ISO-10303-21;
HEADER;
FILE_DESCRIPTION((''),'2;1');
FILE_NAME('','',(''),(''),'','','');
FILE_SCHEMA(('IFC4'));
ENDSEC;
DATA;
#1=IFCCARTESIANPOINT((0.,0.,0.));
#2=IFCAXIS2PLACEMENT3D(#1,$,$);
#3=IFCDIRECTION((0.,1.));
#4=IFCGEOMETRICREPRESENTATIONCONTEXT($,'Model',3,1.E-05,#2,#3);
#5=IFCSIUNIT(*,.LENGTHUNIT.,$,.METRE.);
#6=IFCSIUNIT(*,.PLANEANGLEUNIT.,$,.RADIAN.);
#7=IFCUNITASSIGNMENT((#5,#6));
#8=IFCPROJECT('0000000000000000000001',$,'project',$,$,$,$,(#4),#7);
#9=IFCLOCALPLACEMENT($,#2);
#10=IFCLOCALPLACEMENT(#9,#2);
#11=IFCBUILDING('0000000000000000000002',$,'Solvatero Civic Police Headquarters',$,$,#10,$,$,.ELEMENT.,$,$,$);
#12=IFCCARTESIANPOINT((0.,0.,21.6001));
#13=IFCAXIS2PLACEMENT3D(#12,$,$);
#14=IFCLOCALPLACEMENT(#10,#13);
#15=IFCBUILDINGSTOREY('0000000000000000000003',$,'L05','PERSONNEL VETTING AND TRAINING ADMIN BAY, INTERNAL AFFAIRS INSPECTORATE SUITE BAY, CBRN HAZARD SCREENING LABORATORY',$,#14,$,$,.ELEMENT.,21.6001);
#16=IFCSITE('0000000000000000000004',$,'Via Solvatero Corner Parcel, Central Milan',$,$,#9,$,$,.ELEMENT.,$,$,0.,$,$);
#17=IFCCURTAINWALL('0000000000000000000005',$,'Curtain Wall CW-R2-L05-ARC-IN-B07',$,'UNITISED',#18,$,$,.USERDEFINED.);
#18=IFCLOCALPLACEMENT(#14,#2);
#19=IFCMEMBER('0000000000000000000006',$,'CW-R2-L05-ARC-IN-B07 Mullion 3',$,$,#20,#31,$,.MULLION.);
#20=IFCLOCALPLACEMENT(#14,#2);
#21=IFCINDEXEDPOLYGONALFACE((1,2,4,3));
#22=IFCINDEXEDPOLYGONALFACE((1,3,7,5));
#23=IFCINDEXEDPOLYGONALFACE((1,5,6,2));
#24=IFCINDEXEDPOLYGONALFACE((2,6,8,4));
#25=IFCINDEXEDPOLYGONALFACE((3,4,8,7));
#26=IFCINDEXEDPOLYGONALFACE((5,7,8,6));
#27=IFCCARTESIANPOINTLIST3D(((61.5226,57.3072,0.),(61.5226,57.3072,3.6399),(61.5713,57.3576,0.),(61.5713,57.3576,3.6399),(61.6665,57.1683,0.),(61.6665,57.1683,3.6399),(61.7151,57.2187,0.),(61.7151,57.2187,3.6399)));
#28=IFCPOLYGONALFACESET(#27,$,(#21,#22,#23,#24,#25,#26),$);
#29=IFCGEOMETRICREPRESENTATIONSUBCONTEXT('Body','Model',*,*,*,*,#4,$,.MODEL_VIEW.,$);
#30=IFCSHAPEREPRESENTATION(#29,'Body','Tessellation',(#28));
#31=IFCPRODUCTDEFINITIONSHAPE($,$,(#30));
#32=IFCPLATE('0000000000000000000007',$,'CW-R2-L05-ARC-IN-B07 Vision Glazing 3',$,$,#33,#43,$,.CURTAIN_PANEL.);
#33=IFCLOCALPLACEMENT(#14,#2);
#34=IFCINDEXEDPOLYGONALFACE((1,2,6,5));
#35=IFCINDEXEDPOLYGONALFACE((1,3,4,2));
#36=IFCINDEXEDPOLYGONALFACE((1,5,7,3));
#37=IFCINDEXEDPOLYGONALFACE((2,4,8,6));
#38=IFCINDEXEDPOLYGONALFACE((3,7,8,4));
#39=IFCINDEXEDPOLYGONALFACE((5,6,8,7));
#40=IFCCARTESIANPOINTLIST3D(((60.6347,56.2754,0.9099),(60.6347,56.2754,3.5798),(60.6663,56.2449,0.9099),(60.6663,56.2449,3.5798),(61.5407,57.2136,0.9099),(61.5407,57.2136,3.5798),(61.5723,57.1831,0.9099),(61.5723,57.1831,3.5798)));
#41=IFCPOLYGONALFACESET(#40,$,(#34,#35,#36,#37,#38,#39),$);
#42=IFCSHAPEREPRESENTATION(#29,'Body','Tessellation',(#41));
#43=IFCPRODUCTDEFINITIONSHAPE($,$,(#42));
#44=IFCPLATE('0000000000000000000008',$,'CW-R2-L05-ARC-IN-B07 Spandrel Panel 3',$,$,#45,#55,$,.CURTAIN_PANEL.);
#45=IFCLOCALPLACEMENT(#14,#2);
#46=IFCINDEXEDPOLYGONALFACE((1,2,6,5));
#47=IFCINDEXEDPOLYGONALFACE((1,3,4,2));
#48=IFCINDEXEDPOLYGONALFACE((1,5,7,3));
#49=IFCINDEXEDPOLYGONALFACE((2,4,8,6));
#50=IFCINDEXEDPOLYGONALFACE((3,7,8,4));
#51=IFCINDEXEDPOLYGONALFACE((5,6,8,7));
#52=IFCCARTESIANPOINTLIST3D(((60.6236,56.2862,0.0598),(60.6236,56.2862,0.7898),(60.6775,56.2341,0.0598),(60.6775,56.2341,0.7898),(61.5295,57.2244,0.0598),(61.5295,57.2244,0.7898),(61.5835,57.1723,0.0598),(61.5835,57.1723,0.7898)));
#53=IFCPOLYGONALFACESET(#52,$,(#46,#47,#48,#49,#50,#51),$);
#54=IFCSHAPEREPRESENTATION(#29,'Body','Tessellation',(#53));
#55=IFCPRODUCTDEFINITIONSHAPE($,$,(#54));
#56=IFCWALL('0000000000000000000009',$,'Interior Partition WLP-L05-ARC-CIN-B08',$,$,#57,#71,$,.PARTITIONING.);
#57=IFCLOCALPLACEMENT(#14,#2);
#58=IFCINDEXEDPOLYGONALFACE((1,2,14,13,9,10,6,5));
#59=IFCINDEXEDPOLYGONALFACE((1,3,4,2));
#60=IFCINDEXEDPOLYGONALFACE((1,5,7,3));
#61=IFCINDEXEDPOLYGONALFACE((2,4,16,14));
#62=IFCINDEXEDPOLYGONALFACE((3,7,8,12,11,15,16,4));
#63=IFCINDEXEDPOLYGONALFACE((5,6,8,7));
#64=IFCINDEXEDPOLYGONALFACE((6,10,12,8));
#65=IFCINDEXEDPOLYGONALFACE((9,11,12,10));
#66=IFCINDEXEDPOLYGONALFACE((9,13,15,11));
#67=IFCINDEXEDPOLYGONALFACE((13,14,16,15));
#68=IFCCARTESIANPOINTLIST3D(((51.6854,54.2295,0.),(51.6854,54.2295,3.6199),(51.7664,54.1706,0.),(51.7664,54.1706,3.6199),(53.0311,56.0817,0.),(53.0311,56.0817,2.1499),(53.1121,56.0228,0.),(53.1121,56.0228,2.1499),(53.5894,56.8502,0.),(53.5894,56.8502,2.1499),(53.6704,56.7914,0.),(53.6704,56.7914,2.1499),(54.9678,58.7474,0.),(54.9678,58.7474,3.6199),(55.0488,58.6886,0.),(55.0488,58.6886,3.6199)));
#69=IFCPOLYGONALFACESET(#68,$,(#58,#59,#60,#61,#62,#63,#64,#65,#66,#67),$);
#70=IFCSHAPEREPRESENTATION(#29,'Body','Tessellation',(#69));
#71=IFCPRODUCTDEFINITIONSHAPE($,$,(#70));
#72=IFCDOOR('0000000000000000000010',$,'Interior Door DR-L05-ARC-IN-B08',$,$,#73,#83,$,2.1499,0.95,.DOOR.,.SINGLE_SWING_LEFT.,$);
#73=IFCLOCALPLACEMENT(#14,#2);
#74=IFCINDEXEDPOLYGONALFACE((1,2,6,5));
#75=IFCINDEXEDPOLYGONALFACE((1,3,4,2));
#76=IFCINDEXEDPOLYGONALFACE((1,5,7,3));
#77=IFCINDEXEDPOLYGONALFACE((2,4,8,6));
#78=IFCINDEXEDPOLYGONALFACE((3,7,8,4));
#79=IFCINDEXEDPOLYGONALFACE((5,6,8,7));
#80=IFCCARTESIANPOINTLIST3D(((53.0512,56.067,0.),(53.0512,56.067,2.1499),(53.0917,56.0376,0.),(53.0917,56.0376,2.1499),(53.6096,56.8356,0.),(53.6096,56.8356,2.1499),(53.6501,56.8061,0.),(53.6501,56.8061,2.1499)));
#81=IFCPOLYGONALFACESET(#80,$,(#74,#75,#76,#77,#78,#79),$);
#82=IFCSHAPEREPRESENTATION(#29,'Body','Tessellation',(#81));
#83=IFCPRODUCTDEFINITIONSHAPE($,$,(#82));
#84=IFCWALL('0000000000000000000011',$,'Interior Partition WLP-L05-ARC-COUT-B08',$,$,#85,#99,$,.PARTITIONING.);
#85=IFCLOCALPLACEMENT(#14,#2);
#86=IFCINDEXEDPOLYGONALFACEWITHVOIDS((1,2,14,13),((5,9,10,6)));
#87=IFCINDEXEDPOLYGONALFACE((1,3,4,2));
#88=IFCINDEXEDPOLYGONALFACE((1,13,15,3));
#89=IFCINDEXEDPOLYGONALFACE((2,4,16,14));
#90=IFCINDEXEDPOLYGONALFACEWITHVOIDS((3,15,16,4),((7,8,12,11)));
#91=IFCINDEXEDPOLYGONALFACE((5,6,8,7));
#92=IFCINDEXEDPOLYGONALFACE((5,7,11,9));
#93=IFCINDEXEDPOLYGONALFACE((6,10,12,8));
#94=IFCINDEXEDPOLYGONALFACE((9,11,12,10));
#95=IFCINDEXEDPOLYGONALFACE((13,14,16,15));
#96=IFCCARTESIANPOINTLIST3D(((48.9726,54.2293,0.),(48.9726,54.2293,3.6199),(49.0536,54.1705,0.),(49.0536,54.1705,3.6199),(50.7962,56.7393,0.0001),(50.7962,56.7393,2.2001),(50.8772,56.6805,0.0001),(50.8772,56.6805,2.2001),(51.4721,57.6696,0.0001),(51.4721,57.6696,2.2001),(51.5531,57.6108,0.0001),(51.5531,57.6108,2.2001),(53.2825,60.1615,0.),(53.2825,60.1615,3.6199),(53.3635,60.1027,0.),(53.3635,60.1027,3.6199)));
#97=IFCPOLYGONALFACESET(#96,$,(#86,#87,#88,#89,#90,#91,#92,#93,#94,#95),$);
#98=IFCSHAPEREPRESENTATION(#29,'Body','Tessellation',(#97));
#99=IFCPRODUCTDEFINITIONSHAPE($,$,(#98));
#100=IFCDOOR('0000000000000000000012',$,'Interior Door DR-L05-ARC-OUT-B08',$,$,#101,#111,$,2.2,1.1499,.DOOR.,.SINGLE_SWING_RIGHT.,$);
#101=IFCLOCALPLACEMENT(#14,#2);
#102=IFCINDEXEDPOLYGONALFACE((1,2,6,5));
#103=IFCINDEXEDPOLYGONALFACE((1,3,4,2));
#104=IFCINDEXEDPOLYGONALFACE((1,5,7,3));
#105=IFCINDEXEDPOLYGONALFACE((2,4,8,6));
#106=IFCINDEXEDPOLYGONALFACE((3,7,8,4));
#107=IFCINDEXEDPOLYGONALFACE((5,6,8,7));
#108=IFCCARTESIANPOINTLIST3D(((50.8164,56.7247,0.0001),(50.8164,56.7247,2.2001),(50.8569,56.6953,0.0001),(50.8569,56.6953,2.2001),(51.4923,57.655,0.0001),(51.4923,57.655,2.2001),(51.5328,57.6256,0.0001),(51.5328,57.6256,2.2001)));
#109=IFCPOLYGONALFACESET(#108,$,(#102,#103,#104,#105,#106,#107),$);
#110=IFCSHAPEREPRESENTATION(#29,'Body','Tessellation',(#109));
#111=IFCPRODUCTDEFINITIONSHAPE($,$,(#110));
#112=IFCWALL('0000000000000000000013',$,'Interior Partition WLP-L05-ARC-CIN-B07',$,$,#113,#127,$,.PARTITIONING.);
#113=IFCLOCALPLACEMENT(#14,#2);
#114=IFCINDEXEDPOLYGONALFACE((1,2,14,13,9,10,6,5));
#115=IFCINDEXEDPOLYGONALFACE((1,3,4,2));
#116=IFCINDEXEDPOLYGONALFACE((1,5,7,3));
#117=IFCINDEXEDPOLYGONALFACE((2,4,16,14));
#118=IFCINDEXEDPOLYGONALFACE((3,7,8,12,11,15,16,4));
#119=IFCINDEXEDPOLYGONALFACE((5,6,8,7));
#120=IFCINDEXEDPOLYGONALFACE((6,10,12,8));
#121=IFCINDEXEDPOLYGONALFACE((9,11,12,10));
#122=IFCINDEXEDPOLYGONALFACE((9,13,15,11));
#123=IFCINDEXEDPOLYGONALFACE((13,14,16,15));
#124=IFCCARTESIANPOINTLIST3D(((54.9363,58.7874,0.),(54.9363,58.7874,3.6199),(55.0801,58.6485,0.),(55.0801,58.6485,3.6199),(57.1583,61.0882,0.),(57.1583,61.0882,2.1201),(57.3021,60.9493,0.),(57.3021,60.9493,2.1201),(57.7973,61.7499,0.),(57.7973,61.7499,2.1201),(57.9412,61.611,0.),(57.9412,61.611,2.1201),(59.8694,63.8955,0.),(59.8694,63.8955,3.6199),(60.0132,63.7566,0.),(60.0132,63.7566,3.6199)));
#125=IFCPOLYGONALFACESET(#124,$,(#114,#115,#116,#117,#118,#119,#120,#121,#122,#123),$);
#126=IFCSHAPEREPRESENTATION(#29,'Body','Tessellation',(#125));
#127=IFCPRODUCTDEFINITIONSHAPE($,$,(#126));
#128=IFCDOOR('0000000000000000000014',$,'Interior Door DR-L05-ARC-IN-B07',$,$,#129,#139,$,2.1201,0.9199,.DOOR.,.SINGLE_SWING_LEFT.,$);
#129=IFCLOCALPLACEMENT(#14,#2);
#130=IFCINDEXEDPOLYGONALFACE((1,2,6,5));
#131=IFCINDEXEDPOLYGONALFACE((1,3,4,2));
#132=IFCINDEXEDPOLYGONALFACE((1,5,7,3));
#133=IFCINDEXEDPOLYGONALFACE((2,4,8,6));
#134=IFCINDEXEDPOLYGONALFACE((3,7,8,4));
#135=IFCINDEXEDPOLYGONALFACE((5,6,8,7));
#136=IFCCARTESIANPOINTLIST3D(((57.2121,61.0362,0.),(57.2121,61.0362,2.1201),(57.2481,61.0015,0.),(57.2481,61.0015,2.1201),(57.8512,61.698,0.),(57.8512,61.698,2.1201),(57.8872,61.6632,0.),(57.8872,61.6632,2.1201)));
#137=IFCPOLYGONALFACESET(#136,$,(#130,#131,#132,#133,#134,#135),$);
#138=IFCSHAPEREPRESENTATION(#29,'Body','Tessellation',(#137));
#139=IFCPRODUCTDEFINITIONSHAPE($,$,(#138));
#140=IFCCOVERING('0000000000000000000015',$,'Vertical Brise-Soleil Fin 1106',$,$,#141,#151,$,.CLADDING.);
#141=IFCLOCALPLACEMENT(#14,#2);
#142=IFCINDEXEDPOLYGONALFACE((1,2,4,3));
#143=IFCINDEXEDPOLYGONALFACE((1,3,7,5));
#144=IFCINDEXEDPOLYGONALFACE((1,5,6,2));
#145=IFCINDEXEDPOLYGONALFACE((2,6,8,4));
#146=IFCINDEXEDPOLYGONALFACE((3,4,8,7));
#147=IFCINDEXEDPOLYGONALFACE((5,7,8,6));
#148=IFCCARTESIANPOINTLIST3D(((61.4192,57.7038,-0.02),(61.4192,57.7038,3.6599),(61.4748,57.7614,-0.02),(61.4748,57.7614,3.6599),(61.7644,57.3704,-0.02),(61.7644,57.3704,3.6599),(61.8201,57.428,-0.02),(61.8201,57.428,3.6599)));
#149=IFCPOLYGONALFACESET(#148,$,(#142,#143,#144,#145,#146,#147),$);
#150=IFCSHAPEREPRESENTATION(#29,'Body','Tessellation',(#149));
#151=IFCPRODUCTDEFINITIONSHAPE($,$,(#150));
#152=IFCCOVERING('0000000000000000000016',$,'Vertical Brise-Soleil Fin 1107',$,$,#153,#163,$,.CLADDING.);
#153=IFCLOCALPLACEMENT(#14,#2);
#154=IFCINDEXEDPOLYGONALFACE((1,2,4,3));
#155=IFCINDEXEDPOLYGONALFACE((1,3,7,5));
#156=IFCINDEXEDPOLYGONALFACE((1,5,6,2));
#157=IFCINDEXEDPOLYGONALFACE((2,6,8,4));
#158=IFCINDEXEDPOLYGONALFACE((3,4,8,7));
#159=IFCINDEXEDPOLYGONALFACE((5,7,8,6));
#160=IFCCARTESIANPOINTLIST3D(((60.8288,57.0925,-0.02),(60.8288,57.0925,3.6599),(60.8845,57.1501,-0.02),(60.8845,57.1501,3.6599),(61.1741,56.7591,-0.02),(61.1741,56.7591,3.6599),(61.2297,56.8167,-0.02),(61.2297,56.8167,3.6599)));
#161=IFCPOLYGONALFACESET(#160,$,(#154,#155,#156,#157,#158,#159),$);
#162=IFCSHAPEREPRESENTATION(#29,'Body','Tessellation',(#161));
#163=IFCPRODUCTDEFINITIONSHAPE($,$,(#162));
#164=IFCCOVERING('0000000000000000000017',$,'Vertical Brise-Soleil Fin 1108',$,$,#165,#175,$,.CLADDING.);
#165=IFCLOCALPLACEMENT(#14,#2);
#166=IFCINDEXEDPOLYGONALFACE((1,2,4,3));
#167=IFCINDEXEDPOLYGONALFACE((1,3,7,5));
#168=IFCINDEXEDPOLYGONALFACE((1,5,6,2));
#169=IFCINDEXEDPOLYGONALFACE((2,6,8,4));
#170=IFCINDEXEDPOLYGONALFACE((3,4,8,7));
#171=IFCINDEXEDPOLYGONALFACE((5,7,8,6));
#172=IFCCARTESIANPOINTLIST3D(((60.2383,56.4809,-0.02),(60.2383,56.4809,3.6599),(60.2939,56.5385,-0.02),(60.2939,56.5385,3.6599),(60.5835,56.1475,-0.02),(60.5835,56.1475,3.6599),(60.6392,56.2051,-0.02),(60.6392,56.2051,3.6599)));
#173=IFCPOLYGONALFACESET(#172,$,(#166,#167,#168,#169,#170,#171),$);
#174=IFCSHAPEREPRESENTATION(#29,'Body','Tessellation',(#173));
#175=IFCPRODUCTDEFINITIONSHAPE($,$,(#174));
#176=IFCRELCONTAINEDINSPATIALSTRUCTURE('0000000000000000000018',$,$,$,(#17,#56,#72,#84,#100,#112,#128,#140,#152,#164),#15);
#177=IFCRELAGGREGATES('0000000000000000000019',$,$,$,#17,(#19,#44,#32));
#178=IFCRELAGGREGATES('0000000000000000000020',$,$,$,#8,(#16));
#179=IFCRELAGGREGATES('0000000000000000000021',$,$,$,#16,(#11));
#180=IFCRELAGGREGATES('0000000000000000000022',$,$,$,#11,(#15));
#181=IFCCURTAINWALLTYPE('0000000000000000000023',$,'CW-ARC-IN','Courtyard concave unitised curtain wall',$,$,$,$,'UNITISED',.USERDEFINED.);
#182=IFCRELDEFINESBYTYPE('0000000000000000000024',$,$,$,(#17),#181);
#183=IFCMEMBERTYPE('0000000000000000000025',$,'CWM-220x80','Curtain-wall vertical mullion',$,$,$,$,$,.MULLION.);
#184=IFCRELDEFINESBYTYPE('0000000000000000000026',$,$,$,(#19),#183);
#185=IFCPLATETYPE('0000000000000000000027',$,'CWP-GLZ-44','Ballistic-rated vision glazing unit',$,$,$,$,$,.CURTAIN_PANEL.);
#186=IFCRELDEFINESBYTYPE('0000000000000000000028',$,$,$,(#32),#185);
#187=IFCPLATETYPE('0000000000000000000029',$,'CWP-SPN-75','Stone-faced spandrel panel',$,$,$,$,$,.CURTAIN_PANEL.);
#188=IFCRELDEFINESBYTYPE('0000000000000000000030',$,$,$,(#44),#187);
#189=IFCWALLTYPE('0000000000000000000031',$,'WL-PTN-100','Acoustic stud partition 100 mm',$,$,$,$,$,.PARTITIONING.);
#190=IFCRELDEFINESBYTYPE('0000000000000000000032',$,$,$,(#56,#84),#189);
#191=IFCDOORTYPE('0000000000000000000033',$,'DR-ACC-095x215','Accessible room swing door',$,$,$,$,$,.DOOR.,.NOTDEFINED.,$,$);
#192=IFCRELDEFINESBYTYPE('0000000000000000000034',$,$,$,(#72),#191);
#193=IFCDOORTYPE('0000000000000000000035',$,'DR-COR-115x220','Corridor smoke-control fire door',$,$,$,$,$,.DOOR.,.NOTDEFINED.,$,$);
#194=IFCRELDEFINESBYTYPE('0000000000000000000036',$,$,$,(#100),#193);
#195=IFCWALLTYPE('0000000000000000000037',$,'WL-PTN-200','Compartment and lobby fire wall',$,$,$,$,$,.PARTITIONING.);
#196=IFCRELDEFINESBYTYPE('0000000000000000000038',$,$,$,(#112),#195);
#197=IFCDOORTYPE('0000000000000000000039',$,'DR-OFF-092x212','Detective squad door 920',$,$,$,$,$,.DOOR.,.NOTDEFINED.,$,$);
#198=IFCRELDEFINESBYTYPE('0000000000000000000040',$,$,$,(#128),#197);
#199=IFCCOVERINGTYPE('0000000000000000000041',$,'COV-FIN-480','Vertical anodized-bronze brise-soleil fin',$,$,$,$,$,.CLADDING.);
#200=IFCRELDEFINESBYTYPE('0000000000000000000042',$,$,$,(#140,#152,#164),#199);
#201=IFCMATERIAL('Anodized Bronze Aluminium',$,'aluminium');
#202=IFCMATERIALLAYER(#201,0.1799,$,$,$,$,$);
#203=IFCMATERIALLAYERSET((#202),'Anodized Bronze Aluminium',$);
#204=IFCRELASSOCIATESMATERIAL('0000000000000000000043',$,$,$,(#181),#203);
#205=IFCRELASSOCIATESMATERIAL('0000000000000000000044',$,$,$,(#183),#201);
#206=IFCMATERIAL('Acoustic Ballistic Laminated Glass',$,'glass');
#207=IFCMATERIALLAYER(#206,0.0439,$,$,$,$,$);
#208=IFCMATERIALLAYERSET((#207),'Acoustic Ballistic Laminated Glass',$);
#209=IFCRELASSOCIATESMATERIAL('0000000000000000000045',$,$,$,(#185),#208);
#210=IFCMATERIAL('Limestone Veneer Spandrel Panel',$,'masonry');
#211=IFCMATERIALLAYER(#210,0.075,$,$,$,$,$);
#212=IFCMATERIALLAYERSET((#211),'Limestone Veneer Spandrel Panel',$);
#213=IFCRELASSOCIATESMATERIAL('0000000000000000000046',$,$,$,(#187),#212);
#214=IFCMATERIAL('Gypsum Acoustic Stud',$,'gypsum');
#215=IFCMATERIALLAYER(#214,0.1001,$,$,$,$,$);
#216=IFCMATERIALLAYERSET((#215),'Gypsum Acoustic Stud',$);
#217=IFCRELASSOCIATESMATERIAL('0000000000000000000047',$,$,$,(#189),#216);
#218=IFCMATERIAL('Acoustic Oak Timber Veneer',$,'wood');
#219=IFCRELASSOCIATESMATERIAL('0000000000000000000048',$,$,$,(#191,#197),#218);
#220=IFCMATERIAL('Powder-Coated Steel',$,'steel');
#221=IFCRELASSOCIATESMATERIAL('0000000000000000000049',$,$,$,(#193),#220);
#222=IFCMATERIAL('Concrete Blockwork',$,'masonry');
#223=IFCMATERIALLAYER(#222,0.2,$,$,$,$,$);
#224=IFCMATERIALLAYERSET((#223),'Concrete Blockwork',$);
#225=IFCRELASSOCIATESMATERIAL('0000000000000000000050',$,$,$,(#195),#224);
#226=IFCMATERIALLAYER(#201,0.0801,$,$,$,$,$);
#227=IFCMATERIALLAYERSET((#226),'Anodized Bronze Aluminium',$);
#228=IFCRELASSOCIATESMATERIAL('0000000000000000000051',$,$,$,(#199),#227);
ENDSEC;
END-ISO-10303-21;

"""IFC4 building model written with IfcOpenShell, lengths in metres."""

from ifc_helpers import new_model, si_unit, direction, frame, frame_2d, origin, origin_2d, place, context, subcontext, project, spatial, rectangle, extrude, material, layer, layer_set, material_profile, profile_set, type_object, element, fill, aggregate, save


model = new_model("IFC4")

# Units and contexts
model_context = context("Model", 3, precision=1e-05, world=origin(), true_north=direction((0.0, 1.0)))
body_context = subcontext(model_context, "Body", "Model", "MODEL_VIEW")
ifc_project = project(units=[si_unit("LENGTHUNIT", "METRE"), si_unit("PLANEANGLEUNIT", "RADIAN")], contexts=[model_context])

# Site, building, storey
site_placement = place(None, origin())
site = spatial("IfcSite", under=ifc_project, at=site_placement, Name="Via Solvatero Corner Parcel, Central Milan", CompositionType="ELEMENT", RefElevation=0.0)
building_placement = place(site_placement, origin())
building = spatial("IfcBuilding", under=site, at=building_placement, Name="Solvatero Civic Police Headquarters", CompositionType="ELEMENT")
storey_placement = place(building_placement, frame((0.0, 0.0, 21.6001)))
storey = spatial("IfcBuildingStorey", under=building, at=storey_placement, Name="L05", Description="PERSONNEL VETTING AND TRAINING ADMIN BAY, INTERNAL AFFAIRS INSPECTORATE SUITE BAY, CBRN HAZARD SCREENING LABORATORY", CompositionType="ELEMENT", Elevation=21.6001)

# Curtain wall, member, plates
ifc_material_1 = material(Name="Anodized Bronze Aluminium", Category="aluminium")
ifc_layer_1 = layer(ifc_material_1, 0.1799)
ifc_layer_set_1 = layer_set([ifc_layer_1], Name="Anodized Bronze Aluminium")
curtain_wall_type = type_object("IfcCurtainWallType", Name="CW-ARC-IN", Description="Courtyard concave unitised curtain wall", ElementType="UNITISED", PredefinedType="USERDEFINED", material=ifc_layer_set_1)
curtain_wall_placement = place(storey_placement, origin())
curtain_wall = element("IfcCurtainWall", 1, at=curtain_wall_placement, inside=storey, type_object=curtain_wall_type, Name="Curtain Wall CW-R2-L05-ARC-IN-B07", ObjectType="UNITISED", PredefinedType="USERDEFINED")
ifc_material_profile_1 = material_profile(ifc_material_1, rectangle(XDim=0.0701, YDim=0.2, at=origin_2d()), Name="ALU MULLION 70x200")
ifc_profile_set_1 = profile_set([ifc_material_profile_1], Name="Anodized Bronze Aluminium")
member_type = type_object("IfcMemberType", Name="CWM-220x80", Description="Curtain-wall vertical mullion", PredefinedType="MULLION", material=ifc_profile_set_1)
member_placement = place(storey_placement, frame((61.6189, 57.2629, 0.0), z_axis=(0.0, 0.0, 1.0), x_axis=(-0.694658, -0.71934, 0.0)))
member = element("IfcMember", 2, at=member_placement, type_object=member_type, Name="CW-R2-L05-ARC-IN-B07 Mullion 3", PredefinedType="MULLION", context=body_context, shape_type="SweptSolid", body=[
    extrude(rectangle(XDim=0.0701, YDim=0.2, at=origin_2d()), origin(), (0.0, 0.0, 1.0), 3.6399),
])
ifc_material_2 = material(Name="Acoustic Ballistic Laminated Glass", Category="glass")
ifc_layer_2 = layer(ifc_material_2, 0.0439)
ifc_layer_set_2 = layer_set([ifc_layer_2], Name="Acoustic Ballistic Laminated Glass")
plate_type_1 = type_object("IfcPlateType", Name="CWP-GLZ-44", Description="Ballistic-rated vision glazing unit", PredefinedType="CURTAIN_PANEL", material=ifc_layer_set_2)
plate_1_placement = place(storey_placement, frame((61.1035, 56.7292, 0.9099), z_axis=(0.0, 0.0, 1.0), x_axis=(-0.694658, -0.71934, 0.0)))
plate_1 = element("IfcPlate", 3, at=plate_1_placement, type_object=plate_type_1, Name="CW-R2-L05-ARC-IN-B07 Vision Glazing 3", PredefinedType="CURTAIN_PANEL", context=body_context, shape_type="SweptSolid", body=[
    extrude(rectangle(XDim=1.3042, YDim=0.0439, at=origin_2d()), origin(), (0.0, 0.0, 1.0), 2.6699),
])
ifc_material_3 = material(Name="Limestone Veneer Spandrel Panel", Category="masonry")
ifc_layer_3 = layer(ifc_material_3, 0.075)
ifc_layer_set_3 = layer_set([ifc_layer_3], Name="Limestone Veneer Spandrel Panel")
plate_type_2 = type_object("IfcPlateType", Name="CWP-SPN-75", Description="Stone-faced spandrel panel", PredefinedType="CURTAIN_PANEL", material=ifc_layer_set_3)
plate_2_placement = place(storey_placement, frame((61.1035, 56.7292, 0.0598), z_axis=(0.0, 0.0, 1.0), x_axis=(-0.694658, -0.71934, 0.0)))
plate_2 = element("IfcPlate", 4, at=plate_2_placement, type_object=plate_type_2, Name="CW-R2-L05-ARC-IN-B07 Spandrel Panel 3", PredefinedType="CURTAIN_PANEL", context=body_context, shape_type="SweptSolid", body=[
    extrude(rectangle(XDim=1.3042, YDim=0.075, at=origin_2d()), origin(), (0.0, 0.0, 1.0), 0.73),
])
aggregate(curtain_wall, [member, plate_2, plate_1])

# Walls, openings, doors
ifc_material_4 = material(Name="Gypsum Acoustic Stud", Category="gypsum")
ifc_layer_4 = layer(ifc_material_4, 0.1001)
ifc_layer_set_4 = layer_set([ifc_layer_4], Name="Gypsum Acoustic Stud")
wall_type_1 = type_object("IfcWallType", Name="WL-PTN-100", Description="Acoustic stud partition 100 mm", PredefinedType="PARTITIONING", material=ifc_layer_set_4)
wall_1_placement = place(storey_placement, frame((55.0083, 58.718, 0.0), z_axis=(0.0, 0.0, 1.0), x_axis=(-0.587774, -0.809025, 0.0)))
wall_1 = element("IfcWall", 5, at=wall_1_placement, inside=storey, type_object=wall_type_1, Name="Interior Partition WLP-L05-ARC-CIN-B08", PredefinedType="PARTITIONING", context=body_context, shape_type="SweptSolid", body=[
    extrude(rectangle(XDim=5.5845, YDim=0.1001, at=frame_2d((2.7922, 0.0))), origin(), (0.0, 0.0, 1.0), 3.6199),
])
opening_1_placement = place(wall_1_placement, frame((2.345, 0.0, 0.0)))
opening_1 = element("IfcOpeningElement", 6, at=opening_1_placement, cuts=wall_1, PredefinedType="OPENING", context=body_context, shape_type="SweptSolid", body=[
    extrude(rectangle(XDim=0.95, YDim=2.1499, at=frame_2d((0.4751, 1.075))), frame((0.0, 0.0601, 0.0), z_axis=(0.0, -1.0, 0.0), x_axis=(1.0, 0.0, 0.0)), (0.0, 0.0, 1.0), 0.1201),
])
ifc_material_5 = material(Name="Acoustic Oak Timber Veneer", Category="wood")
door_type_1 = type_object("IfcDoorType", Name="DR-ACC-095x215", Description="Accessible room swing door", OperationType="NOTDEFINED", PredefinedType="DOOR", material=ifc_material_5)
door_1_placement = place(opening_1_placement, origin())
door_1 = element("IfcDoor", 7, at=door_1_placement, inside=storey, type_object=door_type_1, Name="Interior Door DR-L05-ARC-IN-B08", OperationType="SINGLE_SWING_LEFT", OverallHeight=2.1499, OverallWidth=0.95, PredefinedType="DOOR", context=body_context, shape_type="SweptSolid", body=[
    extrude(rectangle(XDim=0.95, YDim=2.1499, at=frame_2d((0.4751, 1.075))), frame((0.0, 0.0249, 0.0), z_axis=(0.0, -1.0, 0.0), x_axis=(1.0, 0.0, 0.0)), (0.0, 0.0, 1.0), 0.05),
])
fill(opening_1, door_1)
wall_2_placement = place(storey_placement, frame((53.323, 60.1321, 0.0), z_axis=(0.0, 0.0, 1.0), x_axis=(-0.587774, -0.809025, 0.0)))
wall_2 = element("IfcWall", 8, at=wall_2_placement, inside=storey, type_object=wall_type_1, Name="Interior Partition WLP-L05-ARC-COUT-B08", PredefinedType="PARTITIONING", context=body_context, shape_type="SweptSolid", body=[
    extrude(rectangle(XDim=7.3325, YDim=0.1001, at=frame_2d((3.6663, 0.0))), origin(), (0.0, 0.0, 1.0), 3.6199),
])
opening_2_placement = place(wall_2_placement, frame((3.0801, 0.0, 0.0)))
opening_2 = element("IfcOpeningElement", 9, at=opening_2_placement, cuts=wall_2, PredefinedType="OPENING", context=body_context, shape_type="SweptSolid", body=[
    extrude(rectangle(XDim=1.1499, YDim=2.2, at=frame_2d((0.575, 1.1001))), frame((0.0, 0.0601, 0.0), z_axis=(0.0, -1.0, 0.0), x_axis=(1.0, 0.0, 0.0)), (0.0, 0.0, 1.0), 0.1201),
])
ifc_material_6 = material(Name="Powder-Coated Steel", Category="steel")
door_type_2 = type_object("IfcDoorType", Name="DR-COR-115x220", Description="Corridor smoke-control fire door", OperationType="NOTDEFINED", PredefinedType="DOOR", material=ifc_material_6)
door_2_placement = place(opening_2_placement, origin())
door_2 = element("IfcDoor", 10, at=door_2_placement, inside=storey, type_object=door_type_2, Name="Interior Door DR-L05-ARC-OUT-B08", OperationType="SINGLE_SWING_RIGHT", OverallHeight=2.2, OverallWidth=1.1499, PredefinedType="DOOR", context=body_context, shape_type="SweptSolid", body=[
    extrude(rectangle(XDim=1.1499, YDim=2.2, at=frame_2d((0.575, 1.1001))), frame((0.0, 0.0249, 0.0), z_axis=(0.0, -1.0, 0.0), x_axis=(1.0, 0.0, 0.0)), (0.0, 0.0, 1.0), 0.05),
])
fill(opening_2, door_2)
ifc_material_7 = material(Name="Concrete Blockwork", Category="masonry")
ifc_layer_5 = layer(ifc_material_7, 0.2)
ifc_layer_set_5 = layer_set([ifc_layer_5], Name="Concrete Blockwork")
wall_type_2 = type_object("IfcWallType", Name="WL-PTN-200", Description="Compartment and lobby fire wall", PredefinedType="PARTITIONING", material=ifc_layer_set_5)
wall_3_placement = place(storey_placement, frame((59.9414, 63.8262, 0.0), z_axis=(0.0, 0.0, 1.0), x_axis=(-0.694674, -0.719324, 0.0)))
wall_3 = element("IfcWall", 11, at=wall_3_placement, inside=storey, type_object=wall_type_2, Name="Interior Partition WLP-L05-ARC-CIN-B07", PredefinedType="PARTITIONING", context=body_context, shape_type="SweptSolid", body=[
    extrude(rectangle(XDim=7.1013, YDim=0.2, at=frame_2d((3.5508, 0.0))), origin(), (0.0, 0.0, 1.0), 3.6199),
])
opening_3_placement = place(wall_3_placement, frame((2.9829, 0.0, 0.0)))
opening_3 = element("IfcOpeningElement", 12, at=opening_3_placement, cuts=wall_3, PredefinedType="OPENING", context=body_context, shape_type="SweptSolid", body=[
    extrude(rectangle(XDim=0.9199, YDim=2.1201, at=frame_2d((0.46, 1.0601))), frame((0.0, 0.1099, 0.0), z_axis=(0.0, -1.0, 0.0), x_axis=(1.0, 0.0, 0.0)), (0.0, 0.0, 1.0), 0.22),
])
door_type_3 = type_object("IfcDoorType", Name="DR-OFF-092x212", Description="Detective squad door 920", OperationType="NOTDEFINED", PredefinedType="DOOR", material=ifc_material_5)
door_3_placement = place(opening_3_placement, origin())
door_3 = element("IfcDoor", 13, at=door_3_placement, inside=storey, type_object=door_type_3, Name="Interior Door DR-L05-ARC-IN-B07", OperationType="SINGLE_SWING_LEFT", OverallHeight=2.1201, OverallWidth=0.9199, PredefinedType="DOOR", context=body_context, shape_type="SweptSolid", body=[
    extrude(rectangle(XDim=0.9199, YDim=2.1201, at=frame_2d((0.46, 1.0601))), frame((0.0, 0.0249, 0.0), z_axis=(0.0, -1.0, 0.0), x_axis=(1.0, 0.0, 0.0)), (0.0, 0.0, 1.0), 0.05),
])
fill(opening_3, door_3)

# Coverings
ifc_layer_6 = layer(ifc_material_1, 0.0801)
ifc_layer_set_6 = layer_set([ifc_layer_6], Name="Anodized Bronze Aluminium")
covering_type = type_object("IfcCoveringType", Name="COV-FIN-480", Description="Vertical anodized-bronze brise-soleil fin", PredefinedType="CLADDING", material=ifc_layer_set_6)
for number, where, z_axis, x_axis, name in (
    (14, (61.6196, 57.5659, -0.02), (0.0, 0.0, 1.0), (-0.694658, -0.71934, 0.0), "Vertical Brise-Soleil Fin 1106"),
    (15, (61.0293, 56.9546, -0.02), (0.0, 0.0, 1.0), (-0.694658, -0.71934, 0.0), "Vertical Brise-Soleil Fin 1107"),
    (16, (60.4387, 56.343, -0.02), (0.0, 0.0, 1.0), (-0.694658, -0.71934, 0.0), "Vertical Brise-Soleil Fin 1108"),
):
    element("IfcCovering", number, at=place(storey_placement, frame(where, z_axis=z_axis, x_axis=x_axis)), inside=storey, type_object=covering_type, Name=name, PredefinedType="CLADDING", context=body_context, shape_type="SweptSolid", body=[
        extrude(rectangle(XDim=0.0801, YDim=0.48, at=origin_2d()), origin(), (0.0, 0.0, 1.0), 3.6799),
    ])

save(model, "model.ifc")
